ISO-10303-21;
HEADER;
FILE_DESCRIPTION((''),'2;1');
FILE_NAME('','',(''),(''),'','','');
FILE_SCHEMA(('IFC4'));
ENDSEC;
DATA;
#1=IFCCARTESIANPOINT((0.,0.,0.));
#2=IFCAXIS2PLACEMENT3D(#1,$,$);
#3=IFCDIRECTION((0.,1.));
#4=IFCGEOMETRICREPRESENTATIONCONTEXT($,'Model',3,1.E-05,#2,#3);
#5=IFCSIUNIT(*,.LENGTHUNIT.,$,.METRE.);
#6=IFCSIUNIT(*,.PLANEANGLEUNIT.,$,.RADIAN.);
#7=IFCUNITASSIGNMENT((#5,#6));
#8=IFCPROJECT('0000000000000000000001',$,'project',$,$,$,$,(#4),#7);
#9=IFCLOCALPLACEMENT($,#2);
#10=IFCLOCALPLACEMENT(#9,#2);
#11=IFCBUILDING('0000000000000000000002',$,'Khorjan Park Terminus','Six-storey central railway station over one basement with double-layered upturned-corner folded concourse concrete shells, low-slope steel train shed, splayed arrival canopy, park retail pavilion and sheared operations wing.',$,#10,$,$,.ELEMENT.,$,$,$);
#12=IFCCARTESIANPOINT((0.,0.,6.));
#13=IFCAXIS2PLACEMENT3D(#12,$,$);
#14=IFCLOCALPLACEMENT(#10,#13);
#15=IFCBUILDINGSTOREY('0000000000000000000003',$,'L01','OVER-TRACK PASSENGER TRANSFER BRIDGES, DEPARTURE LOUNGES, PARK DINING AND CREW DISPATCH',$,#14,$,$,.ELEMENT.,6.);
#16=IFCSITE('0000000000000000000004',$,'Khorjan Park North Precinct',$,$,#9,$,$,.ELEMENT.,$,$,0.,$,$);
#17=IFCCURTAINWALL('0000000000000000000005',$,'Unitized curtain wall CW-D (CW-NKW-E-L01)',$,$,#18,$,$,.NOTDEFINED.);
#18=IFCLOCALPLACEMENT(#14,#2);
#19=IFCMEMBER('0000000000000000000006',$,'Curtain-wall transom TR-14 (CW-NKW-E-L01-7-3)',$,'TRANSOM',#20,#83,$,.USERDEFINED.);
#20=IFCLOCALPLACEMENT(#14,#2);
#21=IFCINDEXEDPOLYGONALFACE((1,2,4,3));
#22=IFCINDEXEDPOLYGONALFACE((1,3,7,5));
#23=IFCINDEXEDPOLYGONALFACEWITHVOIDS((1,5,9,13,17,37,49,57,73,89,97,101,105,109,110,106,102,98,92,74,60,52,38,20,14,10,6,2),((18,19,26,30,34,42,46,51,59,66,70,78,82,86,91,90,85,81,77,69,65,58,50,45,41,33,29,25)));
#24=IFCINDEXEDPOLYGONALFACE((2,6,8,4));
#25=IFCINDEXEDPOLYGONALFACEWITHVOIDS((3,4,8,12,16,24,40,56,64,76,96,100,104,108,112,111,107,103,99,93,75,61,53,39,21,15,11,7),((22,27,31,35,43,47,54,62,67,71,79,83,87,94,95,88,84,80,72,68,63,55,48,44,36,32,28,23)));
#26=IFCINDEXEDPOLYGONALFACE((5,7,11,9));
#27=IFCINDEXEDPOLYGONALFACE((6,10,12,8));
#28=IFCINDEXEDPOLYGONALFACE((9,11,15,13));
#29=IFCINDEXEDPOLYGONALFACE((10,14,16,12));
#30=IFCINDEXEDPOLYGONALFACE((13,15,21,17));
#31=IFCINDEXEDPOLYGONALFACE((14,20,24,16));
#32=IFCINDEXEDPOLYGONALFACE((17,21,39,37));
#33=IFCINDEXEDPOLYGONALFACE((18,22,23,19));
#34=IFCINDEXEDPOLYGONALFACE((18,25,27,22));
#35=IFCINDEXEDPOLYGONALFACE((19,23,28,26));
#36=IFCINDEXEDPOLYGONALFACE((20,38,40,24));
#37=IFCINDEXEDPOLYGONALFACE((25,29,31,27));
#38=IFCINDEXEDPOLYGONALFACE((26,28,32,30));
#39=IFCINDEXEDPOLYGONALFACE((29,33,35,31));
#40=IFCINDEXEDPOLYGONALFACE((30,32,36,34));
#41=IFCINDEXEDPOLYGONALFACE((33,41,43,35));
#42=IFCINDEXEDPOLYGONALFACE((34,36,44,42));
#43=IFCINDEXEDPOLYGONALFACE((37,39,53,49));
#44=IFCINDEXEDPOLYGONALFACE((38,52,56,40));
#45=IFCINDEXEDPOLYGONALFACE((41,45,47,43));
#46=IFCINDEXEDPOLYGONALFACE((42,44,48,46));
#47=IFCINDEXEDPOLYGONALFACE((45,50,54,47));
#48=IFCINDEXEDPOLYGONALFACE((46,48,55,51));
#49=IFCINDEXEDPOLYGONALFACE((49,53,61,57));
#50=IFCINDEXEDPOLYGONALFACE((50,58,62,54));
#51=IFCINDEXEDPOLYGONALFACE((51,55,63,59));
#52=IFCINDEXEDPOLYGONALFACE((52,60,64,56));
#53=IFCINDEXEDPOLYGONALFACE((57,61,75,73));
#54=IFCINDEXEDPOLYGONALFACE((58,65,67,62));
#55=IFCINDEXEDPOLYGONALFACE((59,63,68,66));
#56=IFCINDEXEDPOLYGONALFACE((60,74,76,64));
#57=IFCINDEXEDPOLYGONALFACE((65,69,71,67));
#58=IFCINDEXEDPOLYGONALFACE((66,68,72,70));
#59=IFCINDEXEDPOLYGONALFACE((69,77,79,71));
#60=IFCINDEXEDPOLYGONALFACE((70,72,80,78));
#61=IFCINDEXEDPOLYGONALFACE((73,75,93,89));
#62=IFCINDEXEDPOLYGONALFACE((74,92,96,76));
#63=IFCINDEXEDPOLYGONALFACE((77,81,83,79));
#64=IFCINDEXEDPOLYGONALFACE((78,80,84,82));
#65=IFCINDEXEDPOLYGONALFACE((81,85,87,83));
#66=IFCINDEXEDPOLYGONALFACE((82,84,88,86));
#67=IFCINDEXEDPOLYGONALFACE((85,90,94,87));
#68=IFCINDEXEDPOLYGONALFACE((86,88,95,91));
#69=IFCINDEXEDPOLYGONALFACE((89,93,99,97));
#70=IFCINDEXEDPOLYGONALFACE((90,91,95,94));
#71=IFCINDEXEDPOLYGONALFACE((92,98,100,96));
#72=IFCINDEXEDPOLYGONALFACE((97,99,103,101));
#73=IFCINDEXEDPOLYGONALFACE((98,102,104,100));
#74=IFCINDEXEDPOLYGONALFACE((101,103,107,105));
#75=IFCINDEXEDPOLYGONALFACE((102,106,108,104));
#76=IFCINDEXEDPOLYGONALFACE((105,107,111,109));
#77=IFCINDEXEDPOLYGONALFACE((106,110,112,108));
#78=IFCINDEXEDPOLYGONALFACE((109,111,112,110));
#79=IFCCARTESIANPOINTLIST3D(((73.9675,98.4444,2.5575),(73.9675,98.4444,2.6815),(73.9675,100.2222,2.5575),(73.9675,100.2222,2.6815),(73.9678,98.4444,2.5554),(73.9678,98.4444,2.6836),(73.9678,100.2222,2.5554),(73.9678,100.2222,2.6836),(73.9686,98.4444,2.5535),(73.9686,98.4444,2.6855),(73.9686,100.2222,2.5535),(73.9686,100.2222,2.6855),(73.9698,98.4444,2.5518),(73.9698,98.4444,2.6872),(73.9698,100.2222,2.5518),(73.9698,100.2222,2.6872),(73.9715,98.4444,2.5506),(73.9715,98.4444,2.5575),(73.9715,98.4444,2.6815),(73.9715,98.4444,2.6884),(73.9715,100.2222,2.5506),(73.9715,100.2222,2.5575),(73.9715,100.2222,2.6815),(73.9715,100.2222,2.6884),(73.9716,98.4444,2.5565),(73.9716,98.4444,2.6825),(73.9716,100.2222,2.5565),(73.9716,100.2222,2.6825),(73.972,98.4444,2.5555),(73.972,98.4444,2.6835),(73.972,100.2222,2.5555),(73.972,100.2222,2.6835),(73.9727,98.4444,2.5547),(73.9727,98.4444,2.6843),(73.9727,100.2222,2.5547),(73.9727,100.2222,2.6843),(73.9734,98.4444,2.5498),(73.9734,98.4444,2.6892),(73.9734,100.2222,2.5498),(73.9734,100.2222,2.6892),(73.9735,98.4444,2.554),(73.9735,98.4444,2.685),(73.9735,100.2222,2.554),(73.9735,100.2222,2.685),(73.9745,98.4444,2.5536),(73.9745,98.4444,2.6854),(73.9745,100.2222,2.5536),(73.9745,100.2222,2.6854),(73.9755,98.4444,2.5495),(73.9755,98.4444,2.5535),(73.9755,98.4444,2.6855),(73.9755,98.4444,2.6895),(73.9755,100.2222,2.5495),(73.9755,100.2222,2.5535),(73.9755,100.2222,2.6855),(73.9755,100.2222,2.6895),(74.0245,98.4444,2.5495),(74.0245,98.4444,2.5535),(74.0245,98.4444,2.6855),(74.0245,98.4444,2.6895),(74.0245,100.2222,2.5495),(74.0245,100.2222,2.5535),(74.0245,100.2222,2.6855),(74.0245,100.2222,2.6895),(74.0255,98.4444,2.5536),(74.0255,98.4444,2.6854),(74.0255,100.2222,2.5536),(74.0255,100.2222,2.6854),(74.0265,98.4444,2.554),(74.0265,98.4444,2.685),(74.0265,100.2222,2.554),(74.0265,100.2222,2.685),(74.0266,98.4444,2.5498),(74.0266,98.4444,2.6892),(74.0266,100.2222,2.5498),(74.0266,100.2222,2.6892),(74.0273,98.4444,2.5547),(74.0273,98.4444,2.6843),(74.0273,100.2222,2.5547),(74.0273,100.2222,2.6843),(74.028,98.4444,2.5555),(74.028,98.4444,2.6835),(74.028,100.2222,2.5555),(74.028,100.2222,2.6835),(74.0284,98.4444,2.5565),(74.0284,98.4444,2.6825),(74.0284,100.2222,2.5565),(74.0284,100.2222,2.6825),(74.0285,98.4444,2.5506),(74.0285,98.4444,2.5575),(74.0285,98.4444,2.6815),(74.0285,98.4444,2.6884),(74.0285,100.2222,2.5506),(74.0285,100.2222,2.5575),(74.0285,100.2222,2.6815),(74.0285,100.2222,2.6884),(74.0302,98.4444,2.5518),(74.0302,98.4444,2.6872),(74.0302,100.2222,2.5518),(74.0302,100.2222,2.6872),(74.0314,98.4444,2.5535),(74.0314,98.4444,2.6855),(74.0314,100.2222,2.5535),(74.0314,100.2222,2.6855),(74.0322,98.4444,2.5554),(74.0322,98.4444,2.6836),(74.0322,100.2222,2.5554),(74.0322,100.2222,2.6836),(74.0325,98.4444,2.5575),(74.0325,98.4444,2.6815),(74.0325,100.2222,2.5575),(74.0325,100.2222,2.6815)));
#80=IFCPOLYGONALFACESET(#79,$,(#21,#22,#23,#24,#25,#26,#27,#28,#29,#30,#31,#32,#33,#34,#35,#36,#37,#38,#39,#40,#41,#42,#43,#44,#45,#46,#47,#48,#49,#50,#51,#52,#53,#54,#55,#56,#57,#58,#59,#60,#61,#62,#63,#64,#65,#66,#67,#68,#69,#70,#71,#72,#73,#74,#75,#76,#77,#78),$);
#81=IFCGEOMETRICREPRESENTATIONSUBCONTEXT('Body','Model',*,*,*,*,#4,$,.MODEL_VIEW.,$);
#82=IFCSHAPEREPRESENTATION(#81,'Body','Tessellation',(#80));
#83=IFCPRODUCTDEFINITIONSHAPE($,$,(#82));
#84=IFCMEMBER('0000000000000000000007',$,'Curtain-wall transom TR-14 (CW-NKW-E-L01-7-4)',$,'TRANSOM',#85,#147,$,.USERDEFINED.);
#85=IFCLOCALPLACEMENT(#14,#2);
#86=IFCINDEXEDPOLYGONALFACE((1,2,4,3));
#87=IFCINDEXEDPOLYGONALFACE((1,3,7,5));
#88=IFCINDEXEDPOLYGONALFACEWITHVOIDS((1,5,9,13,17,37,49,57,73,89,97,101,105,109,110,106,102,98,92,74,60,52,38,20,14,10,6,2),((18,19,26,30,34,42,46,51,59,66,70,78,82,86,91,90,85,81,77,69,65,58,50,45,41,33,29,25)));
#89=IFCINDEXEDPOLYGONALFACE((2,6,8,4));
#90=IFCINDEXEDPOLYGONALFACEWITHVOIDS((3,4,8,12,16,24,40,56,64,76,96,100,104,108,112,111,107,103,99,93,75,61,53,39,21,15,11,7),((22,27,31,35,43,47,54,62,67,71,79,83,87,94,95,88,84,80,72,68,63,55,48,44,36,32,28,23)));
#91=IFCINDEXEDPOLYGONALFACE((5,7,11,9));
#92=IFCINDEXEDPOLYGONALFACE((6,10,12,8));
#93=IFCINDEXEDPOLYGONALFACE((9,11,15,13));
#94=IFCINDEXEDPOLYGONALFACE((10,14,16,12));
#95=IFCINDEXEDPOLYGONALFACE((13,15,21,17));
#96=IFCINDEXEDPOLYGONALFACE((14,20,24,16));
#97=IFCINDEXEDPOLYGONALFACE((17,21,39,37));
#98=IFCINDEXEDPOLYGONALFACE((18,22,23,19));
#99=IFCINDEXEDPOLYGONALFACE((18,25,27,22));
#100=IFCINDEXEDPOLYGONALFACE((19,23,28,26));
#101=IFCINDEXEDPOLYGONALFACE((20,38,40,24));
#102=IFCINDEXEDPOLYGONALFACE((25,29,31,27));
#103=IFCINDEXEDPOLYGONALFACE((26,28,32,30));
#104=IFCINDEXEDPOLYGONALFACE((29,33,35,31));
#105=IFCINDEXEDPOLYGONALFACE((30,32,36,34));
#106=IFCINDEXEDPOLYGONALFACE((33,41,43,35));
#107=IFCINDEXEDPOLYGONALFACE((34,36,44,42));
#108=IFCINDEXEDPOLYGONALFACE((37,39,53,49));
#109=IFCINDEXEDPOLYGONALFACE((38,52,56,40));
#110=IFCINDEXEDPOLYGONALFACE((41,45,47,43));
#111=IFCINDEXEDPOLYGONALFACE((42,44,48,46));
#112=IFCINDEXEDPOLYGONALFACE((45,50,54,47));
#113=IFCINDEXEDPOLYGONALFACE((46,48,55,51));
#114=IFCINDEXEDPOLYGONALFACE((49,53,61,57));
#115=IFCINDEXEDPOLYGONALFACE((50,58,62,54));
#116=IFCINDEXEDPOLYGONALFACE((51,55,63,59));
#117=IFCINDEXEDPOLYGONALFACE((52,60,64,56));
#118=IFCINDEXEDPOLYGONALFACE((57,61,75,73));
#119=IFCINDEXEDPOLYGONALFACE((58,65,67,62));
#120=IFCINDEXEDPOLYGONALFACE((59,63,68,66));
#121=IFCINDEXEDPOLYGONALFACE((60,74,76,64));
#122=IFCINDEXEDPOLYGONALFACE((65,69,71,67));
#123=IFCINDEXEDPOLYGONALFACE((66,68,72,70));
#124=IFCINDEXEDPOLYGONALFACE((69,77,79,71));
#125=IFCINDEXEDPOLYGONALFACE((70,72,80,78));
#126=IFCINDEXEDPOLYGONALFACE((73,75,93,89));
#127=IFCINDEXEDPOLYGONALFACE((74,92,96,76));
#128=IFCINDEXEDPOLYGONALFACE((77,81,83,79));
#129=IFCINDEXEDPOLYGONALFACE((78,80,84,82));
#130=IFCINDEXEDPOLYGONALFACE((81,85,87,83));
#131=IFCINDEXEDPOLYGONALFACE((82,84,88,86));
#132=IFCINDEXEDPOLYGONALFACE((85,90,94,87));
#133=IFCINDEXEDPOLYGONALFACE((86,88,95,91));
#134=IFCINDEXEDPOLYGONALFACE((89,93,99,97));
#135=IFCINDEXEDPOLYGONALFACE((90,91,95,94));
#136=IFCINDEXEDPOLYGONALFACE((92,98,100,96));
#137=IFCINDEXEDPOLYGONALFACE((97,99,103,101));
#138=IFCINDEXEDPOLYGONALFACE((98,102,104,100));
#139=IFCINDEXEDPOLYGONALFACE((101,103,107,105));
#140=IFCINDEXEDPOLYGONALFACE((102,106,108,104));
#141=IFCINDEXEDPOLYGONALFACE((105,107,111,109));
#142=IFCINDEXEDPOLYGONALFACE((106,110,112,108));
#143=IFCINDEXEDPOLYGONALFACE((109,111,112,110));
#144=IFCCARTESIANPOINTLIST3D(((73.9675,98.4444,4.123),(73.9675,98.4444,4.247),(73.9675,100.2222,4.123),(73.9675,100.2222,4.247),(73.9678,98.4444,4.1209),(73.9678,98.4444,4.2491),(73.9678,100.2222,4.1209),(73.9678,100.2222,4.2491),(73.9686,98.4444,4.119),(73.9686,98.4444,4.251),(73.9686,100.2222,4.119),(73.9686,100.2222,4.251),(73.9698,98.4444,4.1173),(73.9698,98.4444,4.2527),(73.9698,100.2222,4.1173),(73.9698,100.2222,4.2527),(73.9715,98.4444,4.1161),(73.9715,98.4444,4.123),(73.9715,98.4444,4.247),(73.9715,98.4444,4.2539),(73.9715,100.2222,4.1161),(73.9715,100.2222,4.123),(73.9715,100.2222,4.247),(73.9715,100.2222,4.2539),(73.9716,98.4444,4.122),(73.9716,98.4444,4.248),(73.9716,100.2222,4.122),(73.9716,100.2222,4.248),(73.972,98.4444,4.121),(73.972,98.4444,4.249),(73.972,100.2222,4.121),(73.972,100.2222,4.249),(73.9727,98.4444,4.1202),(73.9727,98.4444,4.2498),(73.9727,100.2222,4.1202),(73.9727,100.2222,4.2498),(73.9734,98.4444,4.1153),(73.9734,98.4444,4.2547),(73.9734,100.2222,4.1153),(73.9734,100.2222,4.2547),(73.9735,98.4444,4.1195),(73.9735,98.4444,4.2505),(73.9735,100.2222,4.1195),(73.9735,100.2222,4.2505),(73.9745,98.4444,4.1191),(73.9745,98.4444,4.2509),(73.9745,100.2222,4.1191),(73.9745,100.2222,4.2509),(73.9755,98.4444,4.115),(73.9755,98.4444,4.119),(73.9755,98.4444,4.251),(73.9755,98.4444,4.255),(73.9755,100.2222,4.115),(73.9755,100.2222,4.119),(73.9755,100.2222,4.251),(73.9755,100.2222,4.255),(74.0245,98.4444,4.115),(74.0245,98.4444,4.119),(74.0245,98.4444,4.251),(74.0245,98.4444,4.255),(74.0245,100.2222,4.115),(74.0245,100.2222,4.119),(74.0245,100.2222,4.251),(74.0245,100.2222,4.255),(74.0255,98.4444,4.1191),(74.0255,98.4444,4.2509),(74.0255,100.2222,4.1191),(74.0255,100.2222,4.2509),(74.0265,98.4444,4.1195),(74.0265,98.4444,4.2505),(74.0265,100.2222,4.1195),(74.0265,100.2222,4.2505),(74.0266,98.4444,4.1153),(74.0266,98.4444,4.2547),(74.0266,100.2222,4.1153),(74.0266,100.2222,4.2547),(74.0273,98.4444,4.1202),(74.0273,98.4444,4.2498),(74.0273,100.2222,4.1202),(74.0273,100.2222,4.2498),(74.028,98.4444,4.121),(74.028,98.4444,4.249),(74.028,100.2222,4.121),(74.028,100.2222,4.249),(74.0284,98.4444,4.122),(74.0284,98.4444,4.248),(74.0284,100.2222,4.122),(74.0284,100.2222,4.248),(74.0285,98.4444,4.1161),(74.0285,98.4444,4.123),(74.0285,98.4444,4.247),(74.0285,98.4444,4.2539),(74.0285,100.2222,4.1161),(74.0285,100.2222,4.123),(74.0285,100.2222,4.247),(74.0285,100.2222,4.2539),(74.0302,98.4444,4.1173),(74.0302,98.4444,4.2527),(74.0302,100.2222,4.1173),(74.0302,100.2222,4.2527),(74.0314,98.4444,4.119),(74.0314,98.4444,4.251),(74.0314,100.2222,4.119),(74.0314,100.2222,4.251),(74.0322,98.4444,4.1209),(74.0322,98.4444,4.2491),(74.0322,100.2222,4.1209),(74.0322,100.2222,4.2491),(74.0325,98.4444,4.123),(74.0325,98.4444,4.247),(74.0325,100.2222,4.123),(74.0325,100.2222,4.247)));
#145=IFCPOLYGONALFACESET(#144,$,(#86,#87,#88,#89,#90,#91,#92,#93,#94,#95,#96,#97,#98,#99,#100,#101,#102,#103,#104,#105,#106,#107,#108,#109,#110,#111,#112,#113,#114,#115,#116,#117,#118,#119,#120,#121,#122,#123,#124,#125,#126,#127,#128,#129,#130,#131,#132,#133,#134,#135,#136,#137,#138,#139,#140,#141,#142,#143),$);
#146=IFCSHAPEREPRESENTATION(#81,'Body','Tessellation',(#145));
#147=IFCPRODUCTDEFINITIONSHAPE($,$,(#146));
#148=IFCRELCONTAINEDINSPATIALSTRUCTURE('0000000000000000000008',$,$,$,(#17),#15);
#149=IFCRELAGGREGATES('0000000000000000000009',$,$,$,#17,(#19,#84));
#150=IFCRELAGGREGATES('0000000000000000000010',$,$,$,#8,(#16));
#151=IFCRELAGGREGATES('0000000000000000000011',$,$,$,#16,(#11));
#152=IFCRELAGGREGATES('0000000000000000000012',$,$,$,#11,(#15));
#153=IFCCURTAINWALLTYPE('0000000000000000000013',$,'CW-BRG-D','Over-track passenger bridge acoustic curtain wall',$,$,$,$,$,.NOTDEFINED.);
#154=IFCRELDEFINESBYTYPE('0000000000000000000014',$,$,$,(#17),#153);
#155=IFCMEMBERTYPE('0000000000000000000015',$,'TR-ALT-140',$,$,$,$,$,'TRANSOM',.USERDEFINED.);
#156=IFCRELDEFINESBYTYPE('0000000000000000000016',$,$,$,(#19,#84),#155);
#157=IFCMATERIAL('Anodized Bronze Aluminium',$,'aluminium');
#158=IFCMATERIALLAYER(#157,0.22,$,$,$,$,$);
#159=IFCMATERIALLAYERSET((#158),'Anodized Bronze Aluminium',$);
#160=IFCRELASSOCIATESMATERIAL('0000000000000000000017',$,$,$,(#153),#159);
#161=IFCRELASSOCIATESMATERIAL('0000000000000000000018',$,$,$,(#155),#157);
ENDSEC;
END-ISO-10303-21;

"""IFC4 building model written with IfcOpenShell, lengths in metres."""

from ifc_helpers import new_model, si_unit, direction, frame, origin, origin_2d, place, context, subcontext, project, spatial, hollow_rectangle, extrude, material, layer, layer_set, material_profile, profile_set, type_object, element, aggregate, save


model = new_model("IFC4")

# Units and contexts
model_context = context("Model", 3, precision=1e-05, world=origin(), true_north=direction((0.0, 1.0)))
body_context = subcontext(model_context, "Body", "Model", "MODEL_VIEW")
ifc_project = project(units=[si_unit("LENGTHUNIT", "METRE"), si_unit("PLANEANGLEUNIT", "RADIAN")], contexts=[model_context])

# Site, building, storey
site_placement = place(None, origin())
site = spatial("IfcSite", under=ifc_project, at=site_placement, Name="Khorjan Park North Precinct", CompositionType="ELEMENT", RefElevation=0.0)
building_placement = place(site_placement, origin())
building = spatial("IfcBuilding", under=site, at=building_placement, Name="Khorjan Park Terminus", Description="Six-storey central railway station over one basement with double-layered upturned-corner folded concourse concrete shells, low-slope steel train shed, splayed arrival canopy, park retail pavilion and sheared operations wing.", CompositionType="ELEMENT")
storey_placement = place(building_placement, frame((0.0, 0.0, 6.0)))
storey = spatial("IfcBuildingStorey", under=building, at=storey_placement, Name="L01", Description="OVER-TRACK PASSENGER TRANSFER BRIDGES, DEPARTURE LOUNGES, PARK DINING AND CREW DISPATCH", CompositionType="ELEMENT", Elevation=6.0)

# Curtain wall, members
ifc_material_1 = material(Name="Anodized Bronze Aluminium", Category="aluminium")
ifc_layer_1 = layer(ifc_material_1, 0.22)
ifc_layer_set_1 = layer_set([ifc_layer_1], Name="Anodized Bronze Aluminium")
curtain_wall_type = type_object("IfcCurtainWallType", Name="CW-BRG-D", Description="Over-track passenger bridge acoustic curtain wall", PredefinedType="NOTDEFINED", material=ifc_layer_set_1)
curtain_wall_placement = place(storey_placement, origin())
curtain_wall = element("IfcCurtainWall", 1, at=curtain_wall_placement, inside=storey, type_object=curtain_wall_type, Name="Unitized curtain wall CW-D (CW-NKW-E-L01)", PredefinedType="NOTDEFINED")
ifc_material_profile_1 = material_profile(ifc_material_1, hollow_rectangle(XDim=0.065, YDim=0.14, WallThickness=0.004, InnerFilletRadius=0.004, OuterFilletRadius=0.008, at=origin_2d()), Name="ALT 65x140x4")
ifc_profile_set_1 = profile_set([ifc_material_profile_1], Name="Anodized Bronze Aluminium")
member_type_1 = type_object("IfcMemberType", Name="TR-ALT-140", ElementType="TRANSOM", PredefinedType="USERDEFINED", material=ifc_profile_set_1)
member_1_placement = place(storey_placement, frame((74.0, 98.4444, 2.6195), z_axis=(0.0, 1.0, 0.0), x_axis=(-1.0, 0.0, 0.0)))
member_1 = element("IfcMember", 2, at=member_1_placement, type_object=member_type_1, Name="Curtain-wall transom TR-14 (CW-NKW-E-L01-7-3)", ObjectType="TRANSOM", PredefinedType="USERDEFINED", context=body_context, shape_type="SweptSolid", body=[
    extrude(hollow_rectangle(XDim=0.065, YDim=0.14, WallThickness=0.004, InnerFilletRadius=0.004, OuterFilletRadius=0.008, at=origin_2d()), origin(), (0.0, 0.0, 1.0), 1.7778),
])
member_2_placement = place(storey_placement, frame((74.0, 98.4444, 4.185), z_axis=(0.0, 1.0, 0.0), x_axis=(-1.0, 0.0, 0.0)))
member_2 = element("IfcMember", 3, at=member_2_placement, type_object=member_type_1, Name="Curtain-wall transom TR-14 (CW-NKW-E-L01-7-4)", ObjectType="TRANSOM", PredefinedType="USERDEFINED", context=body_context, shape_type="SweptSolid", body=[
    extrude(hollow_rectangle(XDim=0.065, YDim=0.14, WallThickness=0.004, InnerFilletRadius=0.004, OuterFilletRadius=0.008, at=origin_2d()), origin(), (0.0, 0.0, 1.0), 1.7778),
])
aggregate(curtain_wall, [member_1, member_2])

save(model, "model.ifc")
